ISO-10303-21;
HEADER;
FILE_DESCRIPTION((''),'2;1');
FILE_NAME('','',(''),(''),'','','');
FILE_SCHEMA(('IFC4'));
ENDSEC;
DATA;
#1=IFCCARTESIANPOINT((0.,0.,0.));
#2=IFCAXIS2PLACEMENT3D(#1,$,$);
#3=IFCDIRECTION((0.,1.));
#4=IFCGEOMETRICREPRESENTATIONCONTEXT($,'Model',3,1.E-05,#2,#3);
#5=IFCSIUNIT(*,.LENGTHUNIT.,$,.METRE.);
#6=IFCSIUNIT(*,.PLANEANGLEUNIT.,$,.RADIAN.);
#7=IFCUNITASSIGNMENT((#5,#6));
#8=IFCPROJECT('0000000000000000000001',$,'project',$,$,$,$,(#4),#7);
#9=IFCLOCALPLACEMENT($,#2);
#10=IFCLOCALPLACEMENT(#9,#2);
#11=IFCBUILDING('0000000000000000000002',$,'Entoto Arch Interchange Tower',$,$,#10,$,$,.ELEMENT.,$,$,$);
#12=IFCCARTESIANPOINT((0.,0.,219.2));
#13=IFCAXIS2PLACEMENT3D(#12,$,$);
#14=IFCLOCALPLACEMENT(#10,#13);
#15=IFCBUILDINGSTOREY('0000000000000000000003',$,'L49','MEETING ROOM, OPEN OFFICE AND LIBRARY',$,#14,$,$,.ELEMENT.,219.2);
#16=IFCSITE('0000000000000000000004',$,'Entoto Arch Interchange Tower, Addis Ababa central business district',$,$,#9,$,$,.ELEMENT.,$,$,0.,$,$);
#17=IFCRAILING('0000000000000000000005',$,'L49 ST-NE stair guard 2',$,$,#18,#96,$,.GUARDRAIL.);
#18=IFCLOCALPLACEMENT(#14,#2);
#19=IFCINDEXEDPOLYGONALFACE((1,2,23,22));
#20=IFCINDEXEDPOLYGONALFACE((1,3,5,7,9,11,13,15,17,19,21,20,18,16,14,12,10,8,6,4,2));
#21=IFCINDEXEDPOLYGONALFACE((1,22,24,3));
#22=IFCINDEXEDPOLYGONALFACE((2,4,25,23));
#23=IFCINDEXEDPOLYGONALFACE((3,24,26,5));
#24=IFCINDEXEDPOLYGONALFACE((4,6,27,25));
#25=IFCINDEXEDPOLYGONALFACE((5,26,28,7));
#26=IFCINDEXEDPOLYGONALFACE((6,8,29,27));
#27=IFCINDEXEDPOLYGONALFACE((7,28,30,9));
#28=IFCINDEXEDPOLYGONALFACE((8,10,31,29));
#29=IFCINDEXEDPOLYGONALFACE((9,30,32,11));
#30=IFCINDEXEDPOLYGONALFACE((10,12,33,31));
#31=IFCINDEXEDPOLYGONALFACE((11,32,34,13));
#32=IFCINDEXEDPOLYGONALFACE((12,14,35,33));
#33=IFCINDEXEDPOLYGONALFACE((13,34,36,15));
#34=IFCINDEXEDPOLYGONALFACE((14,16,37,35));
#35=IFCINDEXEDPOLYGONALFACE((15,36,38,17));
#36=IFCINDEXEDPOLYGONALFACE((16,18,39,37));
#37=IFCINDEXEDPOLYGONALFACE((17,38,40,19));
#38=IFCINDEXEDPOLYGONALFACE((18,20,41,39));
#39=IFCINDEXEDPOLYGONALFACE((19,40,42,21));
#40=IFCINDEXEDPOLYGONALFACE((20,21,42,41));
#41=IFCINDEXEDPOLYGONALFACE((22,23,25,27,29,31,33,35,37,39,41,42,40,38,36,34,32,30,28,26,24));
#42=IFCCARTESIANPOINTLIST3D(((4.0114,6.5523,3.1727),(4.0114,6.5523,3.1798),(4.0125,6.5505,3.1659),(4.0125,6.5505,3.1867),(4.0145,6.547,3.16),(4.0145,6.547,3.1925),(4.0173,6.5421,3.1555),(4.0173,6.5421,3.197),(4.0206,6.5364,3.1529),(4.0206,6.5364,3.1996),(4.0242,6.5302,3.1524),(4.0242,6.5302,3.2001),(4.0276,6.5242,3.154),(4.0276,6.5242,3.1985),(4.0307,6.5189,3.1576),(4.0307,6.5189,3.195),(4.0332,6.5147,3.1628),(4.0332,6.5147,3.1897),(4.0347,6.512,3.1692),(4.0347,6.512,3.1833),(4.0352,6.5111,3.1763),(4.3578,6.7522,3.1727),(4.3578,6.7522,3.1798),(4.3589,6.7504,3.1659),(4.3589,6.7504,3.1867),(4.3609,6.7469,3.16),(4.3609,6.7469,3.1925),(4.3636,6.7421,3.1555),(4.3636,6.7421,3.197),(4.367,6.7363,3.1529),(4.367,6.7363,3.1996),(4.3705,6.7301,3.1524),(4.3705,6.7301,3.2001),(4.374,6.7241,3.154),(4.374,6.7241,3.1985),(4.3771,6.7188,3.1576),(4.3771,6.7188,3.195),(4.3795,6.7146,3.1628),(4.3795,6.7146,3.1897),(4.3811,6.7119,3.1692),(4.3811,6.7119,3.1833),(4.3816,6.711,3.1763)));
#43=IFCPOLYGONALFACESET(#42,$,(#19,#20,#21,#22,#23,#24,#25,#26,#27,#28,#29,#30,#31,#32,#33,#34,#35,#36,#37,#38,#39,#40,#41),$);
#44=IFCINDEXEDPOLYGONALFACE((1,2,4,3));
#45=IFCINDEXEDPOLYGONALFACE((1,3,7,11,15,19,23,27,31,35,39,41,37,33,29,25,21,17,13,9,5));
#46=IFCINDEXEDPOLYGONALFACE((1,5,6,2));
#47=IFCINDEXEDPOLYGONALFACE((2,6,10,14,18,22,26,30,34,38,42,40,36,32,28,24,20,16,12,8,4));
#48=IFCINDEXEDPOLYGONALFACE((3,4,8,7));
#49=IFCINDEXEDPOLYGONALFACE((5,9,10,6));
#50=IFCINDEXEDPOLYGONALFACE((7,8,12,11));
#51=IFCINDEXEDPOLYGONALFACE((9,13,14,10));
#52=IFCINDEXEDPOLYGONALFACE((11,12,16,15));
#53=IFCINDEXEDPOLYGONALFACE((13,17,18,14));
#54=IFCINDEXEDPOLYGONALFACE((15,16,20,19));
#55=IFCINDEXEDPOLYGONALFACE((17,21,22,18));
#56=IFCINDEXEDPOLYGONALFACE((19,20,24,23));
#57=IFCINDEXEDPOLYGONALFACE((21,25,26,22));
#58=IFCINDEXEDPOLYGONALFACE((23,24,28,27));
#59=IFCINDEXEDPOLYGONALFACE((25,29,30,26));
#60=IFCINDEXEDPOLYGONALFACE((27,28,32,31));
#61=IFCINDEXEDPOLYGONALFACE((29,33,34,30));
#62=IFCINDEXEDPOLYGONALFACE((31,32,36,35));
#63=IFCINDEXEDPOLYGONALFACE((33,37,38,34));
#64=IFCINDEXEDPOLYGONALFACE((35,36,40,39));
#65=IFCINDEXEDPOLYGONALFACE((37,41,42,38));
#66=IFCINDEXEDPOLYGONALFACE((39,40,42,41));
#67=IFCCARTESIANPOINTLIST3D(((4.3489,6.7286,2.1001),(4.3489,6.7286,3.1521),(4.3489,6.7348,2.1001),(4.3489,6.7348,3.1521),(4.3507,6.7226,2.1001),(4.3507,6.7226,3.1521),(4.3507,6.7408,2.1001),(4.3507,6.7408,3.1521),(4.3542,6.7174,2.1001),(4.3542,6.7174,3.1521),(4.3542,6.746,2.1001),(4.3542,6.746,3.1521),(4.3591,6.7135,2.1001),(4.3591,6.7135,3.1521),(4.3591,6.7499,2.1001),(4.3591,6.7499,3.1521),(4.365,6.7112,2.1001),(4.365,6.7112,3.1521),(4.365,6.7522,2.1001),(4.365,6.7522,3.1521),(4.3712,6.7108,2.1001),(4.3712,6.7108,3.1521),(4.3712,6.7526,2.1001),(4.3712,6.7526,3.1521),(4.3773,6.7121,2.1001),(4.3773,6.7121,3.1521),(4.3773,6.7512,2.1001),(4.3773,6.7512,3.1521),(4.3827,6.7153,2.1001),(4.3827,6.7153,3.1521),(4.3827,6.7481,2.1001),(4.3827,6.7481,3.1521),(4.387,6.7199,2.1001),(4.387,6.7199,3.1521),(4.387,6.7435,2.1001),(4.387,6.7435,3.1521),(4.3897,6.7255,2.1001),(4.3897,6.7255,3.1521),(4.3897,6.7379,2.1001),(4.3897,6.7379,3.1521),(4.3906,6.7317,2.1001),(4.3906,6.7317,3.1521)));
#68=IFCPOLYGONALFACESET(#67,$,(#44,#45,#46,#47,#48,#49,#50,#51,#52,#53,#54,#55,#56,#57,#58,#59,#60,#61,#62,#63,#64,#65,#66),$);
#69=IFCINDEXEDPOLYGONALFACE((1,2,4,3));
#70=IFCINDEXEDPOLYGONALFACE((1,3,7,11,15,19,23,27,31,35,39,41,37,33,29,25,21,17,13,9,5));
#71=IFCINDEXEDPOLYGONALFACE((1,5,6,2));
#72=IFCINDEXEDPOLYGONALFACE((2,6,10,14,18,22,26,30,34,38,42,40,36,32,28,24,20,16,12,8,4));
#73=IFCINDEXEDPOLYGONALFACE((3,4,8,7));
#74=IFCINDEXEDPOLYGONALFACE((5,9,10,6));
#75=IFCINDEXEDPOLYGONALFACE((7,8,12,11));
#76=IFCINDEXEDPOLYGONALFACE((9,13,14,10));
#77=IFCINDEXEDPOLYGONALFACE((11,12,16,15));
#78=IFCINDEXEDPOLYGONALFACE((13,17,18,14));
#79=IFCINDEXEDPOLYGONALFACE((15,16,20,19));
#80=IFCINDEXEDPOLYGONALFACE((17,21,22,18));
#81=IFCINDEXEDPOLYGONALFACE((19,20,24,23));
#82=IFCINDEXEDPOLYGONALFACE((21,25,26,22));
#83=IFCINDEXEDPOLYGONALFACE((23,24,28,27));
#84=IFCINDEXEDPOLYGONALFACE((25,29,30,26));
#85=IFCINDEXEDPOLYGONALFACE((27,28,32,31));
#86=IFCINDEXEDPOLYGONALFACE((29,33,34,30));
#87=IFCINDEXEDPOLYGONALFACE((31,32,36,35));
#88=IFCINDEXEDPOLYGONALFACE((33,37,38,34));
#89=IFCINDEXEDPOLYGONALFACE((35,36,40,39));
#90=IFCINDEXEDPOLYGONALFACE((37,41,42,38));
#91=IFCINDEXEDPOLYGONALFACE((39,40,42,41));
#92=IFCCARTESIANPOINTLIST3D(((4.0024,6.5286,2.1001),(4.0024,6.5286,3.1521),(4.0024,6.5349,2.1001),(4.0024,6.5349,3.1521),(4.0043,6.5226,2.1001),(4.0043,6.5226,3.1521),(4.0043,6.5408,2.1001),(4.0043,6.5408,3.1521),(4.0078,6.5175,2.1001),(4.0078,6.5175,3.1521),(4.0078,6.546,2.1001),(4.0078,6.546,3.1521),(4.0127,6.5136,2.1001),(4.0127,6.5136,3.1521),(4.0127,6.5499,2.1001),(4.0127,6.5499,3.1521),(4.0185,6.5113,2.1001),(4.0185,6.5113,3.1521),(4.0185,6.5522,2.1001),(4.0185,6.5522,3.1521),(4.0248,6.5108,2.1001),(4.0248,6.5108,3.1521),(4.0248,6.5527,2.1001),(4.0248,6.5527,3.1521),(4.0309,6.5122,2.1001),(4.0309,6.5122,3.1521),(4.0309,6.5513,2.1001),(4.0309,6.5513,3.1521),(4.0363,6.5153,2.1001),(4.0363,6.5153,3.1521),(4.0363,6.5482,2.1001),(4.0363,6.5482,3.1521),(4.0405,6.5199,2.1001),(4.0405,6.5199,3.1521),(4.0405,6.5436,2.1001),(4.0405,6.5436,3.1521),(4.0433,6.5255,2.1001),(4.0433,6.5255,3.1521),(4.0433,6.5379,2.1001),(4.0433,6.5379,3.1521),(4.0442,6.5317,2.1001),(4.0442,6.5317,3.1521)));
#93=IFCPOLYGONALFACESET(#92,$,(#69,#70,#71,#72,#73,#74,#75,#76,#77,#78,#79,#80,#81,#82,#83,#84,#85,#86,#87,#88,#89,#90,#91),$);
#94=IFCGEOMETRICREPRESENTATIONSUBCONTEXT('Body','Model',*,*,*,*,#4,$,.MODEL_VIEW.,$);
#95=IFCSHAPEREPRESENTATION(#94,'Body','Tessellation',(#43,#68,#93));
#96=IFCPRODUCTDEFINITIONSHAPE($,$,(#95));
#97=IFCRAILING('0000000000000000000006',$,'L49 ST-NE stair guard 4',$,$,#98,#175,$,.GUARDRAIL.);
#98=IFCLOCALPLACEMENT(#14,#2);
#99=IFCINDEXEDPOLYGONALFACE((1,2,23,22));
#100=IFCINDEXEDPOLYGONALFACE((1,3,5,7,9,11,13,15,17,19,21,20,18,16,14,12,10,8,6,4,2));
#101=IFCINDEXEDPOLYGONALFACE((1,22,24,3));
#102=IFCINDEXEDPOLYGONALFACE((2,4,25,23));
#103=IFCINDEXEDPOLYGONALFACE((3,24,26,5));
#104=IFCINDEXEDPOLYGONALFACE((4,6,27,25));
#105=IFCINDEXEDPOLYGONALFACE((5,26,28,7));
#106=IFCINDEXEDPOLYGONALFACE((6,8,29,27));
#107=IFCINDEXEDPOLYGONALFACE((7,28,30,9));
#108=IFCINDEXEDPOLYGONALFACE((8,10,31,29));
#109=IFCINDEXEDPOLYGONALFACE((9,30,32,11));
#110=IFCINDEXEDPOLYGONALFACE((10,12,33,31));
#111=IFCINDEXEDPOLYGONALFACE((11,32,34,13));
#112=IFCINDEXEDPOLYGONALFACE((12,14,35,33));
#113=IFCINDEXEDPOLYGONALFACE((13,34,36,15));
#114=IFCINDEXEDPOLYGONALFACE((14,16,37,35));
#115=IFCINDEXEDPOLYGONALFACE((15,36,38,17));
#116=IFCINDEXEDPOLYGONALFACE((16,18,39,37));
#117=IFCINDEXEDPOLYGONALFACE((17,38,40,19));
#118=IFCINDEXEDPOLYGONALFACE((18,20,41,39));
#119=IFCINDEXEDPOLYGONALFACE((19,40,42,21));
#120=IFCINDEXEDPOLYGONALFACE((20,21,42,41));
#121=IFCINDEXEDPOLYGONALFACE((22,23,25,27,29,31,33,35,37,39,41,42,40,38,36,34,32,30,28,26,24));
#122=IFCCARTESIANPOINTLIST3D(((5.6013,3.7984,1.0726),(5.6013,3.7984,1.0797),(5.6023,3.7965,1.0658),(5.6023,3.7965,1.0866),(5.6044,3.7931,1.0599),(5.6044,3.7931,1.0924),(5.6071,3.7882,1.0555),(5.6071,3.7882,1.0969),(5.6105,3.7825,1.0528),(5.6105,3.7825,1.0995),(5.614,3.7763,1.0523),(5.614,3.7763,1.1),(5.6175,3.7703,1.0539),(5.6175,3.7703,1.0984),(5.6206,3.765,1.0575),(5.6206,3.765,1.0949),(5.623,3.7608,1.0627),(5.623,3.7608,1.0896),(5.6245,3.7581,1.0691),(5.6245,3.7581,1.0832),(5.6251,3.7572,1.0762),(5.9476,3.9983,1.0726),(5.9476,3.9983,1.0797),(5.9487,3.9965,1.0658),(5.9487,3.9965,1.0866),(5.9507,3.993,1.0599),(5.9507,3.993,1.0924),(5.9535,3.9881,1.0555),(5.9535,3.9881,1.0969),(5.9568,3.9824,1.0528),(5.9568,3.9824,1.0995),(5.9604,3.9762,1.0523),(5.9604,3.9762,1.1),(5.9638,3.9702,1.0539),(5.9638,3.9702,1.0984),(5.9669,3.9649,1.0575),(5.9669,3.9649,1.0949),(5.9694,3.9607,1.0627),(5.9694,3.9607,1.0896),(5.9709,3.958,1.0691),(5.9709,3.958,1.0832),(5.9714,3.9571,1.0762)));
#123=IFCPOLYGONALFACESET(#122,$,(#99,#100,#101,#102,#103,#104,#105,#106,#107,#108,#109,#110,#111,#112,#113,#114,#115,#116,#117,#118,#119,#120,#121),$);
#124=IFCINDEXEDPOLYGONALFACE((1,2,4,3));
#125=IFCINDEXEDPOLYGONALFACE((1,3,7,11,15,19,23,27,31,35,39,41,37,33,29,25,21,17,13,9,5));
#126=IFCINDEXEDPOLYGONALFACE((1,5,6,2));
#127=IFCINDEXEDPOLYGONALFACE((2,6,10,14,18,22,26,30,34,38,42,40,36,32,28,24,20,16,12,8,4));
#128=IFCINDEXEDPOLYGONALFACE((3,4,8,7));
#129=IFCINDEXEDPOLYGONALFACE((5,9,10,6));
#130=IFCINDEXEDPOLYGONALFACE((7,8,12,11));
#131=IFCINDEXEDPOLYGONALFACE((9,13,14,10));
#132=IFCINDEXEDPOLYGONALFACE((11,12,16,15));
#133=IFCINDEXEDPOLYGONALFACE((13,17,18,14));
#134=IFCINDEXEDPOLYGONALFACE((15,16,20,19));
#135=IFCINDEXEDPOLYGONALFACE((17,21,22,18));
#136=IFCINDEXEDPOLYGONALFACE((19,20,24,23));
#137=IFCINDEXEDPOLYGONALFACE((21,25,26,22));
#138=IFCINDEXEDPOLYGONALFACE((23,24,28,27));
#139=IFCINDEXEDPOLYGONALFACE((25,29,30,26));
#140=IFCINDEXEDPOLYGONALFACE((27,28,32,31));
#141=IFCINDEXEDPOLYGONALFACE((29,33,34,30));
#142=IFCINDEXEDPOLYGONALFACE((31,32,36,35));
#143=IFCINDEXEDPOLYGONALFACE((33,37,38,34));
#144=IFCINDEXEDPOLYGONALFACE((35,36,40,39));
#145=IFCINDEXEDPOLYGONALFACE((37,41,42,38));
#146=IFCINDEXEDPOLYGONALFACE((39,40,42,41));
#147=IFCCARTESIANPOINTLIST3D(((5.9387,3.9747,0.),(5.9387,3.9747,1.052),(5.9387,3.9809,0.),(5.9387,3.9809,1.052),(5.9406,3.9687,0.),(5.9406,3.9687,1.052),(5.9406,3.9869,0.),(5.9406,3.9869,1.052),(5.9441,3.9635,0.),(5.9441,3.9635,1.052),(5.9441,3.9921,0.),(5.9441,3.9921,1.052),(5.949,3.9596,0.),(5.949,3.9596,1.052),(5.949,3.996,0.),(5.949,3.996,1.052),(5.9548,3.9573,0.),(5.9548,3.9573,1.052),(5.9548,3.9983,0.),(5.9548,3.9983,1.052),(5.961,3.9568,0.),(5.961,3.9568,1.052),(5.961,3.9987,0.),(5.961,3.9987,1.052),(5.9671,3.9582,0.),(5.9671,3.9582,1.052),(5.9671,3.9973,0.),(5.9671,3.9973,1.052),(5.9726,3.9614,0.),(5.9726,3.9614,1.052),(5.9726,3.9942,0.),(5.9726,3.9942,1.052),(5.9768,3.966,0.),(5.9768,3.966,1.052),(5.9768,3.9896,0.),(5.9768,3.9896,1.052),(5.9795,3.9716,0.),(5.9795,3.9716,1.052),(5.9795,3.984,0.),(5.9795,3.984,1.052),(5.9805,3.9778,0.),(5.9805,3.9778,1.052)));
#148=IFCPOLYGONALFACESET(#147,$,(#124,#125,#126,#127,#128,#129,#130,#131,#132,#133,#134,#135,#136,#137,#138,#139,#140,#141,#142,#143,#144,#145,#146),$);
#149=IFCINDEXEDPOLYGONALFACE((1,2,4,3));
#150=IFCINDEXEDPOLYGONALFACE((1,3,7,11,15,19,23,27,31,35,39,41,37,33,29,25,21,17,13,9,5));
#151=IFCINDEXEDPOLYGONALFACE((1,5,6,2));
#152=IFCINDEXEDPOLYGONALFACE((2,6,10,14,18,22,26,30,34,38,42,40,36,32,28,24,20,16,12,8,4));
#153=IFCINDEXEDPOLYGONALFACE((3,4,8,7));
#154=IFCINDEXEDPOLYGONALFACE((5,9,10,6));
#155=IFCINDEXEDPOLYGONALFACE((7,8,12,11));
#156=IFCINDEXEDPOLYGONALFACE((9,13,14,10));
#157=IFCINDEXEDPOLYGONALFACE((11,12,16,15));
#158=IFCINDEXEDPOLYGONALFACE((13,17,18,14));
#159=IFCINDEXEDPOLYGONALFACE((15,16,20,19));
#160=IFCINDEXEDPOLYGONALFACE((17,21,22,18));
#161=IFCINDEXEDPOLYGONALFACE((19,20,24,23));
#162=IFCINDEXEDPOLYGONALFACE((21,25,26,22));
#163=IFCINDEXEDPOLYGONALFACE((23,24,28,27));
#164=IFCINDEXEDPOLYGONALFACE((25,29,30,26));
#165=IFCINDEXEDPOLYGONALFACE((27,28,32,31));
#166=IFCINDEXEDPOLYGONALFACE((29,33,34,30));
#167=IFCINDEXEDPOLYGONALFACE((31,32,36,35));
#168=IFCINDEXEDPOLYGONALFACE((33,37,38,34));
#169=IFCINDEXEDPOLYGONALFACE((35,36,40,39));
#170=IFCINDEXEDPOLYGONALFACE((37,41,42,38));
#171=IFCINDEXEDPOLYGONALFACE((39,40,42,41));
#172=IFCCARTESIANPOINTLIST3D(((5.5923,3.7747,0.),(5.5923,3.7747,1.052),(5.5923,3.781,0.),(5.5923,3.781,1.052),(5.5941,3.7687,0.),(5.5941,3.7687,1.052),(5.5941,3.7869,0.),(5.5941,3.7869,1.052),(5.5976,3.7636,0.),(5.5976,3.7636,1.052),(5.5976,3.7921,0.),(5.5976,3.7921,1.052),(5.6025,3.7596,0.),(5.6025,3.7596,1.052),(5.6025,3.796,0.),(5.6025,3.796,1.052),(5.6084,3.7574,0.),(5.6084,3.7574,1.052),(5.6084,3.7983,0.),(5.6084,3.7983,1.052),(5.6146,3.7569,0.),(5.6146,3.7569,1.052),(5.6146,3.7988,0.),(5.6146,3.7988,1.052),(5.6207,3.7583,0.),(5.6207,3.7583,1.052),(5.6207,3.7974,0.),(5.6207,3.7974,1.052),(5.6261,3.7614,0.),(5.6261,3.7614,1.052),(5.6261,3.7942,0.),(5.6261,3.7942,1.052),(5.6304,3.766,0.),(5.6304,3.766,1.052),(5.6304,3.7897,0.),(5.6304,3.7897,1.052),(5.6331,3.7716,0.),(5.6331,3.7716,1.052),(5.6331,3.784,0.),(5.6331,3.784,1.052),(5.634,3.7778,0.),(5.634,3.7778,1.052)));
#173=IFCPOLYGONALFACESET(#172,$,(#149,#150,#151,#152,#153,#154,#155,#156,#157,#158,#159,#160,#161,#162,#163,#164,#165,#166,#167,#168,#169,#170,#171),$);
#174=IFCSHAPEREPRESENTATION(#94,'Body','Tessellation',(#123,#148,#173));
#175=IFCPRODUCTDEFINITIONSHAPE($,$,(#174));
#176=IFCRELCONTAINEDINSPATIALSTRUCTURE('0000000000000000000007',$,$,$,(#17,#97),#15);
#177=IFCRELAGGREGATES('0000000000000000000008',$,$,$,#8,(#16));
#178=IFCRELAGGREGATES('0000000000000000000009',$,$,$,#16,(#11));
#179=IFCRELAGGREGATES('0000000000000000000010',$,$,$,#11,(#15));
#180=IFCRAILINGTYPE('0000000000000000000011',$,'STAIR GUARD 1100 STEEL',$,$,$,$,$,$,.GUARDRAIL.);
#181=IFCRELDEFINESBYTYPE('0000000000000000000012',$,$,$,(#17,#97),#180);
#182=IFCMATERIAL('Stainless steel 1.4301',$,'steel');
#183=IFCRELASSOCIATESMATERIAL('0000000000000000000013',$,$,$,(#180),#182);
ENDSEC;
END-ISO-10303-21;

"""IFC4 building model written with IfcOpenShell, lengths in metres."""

from ifc_helpers import new_model, si_unit, direction, frame, origin, origin_2d, place, context, subcontext, project, spatial, circle, extrude, material, type_object, element, save


model = new_model("IFC4")

# Units and contexts
model_context = context("Model", 3, precision=1e-05, world=origin(), true_north=direction((0.0, 1.0)))
body_context = subcontext(model_context, "Body", "Model", "MODEL_VIEW")
ifc_project = project(units=[si_unit("LENGTHUNIT", "METRE"), si_unit("PLANEANGLEUNIT", "RADIAN")], contexts=[model_context])

# Site, building, storey
site_placement = place(None, origin())
site = spatial("IfcSite", under=ifc_project, at=site_placement, Name="Entoto Arch Interchange Tower, Addis Ababa central business district", CompositionType="ELEMENT", RefElevation=0.0)
building_placement = place(site_placement, origin())
building = spatial("IfcBuilding", under=site, at=building_placement, Name="Entoto Arch Interchange Tower", CompositionType="ELEMENT")
storey_placement = place(building_placement, frame((0.0, 0.0, 219.2)))
storey = spatial("IfcBuildingStorey", under=building, at=storey_placement, Name="L49", Description="MEETING ROOM, OPEN OFFICE AND LIBRARY", CompositionType="ELEMENT", Elevation=219.2)

# Railings
ifc_material_1 = material(Name="Stainless steel 1.4301", Category="steel")
railing_type_1 = type_object("IfcRailingType", Name="STAIR GUARD 1100 STEEL", PredefinedType="GUARDRAIL", material=ifc_material_1)
for number, where, name in (
    (1, (4.3696, 6.7317, 2.1001), "L49 ST-NE stair guard 2"),
    (2, (5.9595, 3.9778, 0.0), "L49 ST-NE stair guard 4"),
):
    element("IfcRailing", number, at=place(storey_placement, frame(where)), inside=storey, type_object=railing_type_1, Name=name, PredefinedType="GUARDRAIL", context=body_context, shape_type="SweptSolid", body=[
        extrude(circle(Radius=0.0239, at=origin_2d()), frame((0.0, 0.0, 1.0762), z_axis=(-0.866094, -0.499881, 0.0), x_axis=(0.499881, -0.866094, 0.0)), (0.0, 0.0, 1.0), 0.3999),
        extrude(circle(Radius=0.021, at=origin_2d()), origin(), (0.0, 0.0, 1.0), 1.052),
        extrude(circle(Radius=0.021, at=origin_2d()), frame((-0.3464, -0.2, 0.0)), (0.0, 0.0, 1.0), 1.052),
    ])

save(model, "model.ifc")
